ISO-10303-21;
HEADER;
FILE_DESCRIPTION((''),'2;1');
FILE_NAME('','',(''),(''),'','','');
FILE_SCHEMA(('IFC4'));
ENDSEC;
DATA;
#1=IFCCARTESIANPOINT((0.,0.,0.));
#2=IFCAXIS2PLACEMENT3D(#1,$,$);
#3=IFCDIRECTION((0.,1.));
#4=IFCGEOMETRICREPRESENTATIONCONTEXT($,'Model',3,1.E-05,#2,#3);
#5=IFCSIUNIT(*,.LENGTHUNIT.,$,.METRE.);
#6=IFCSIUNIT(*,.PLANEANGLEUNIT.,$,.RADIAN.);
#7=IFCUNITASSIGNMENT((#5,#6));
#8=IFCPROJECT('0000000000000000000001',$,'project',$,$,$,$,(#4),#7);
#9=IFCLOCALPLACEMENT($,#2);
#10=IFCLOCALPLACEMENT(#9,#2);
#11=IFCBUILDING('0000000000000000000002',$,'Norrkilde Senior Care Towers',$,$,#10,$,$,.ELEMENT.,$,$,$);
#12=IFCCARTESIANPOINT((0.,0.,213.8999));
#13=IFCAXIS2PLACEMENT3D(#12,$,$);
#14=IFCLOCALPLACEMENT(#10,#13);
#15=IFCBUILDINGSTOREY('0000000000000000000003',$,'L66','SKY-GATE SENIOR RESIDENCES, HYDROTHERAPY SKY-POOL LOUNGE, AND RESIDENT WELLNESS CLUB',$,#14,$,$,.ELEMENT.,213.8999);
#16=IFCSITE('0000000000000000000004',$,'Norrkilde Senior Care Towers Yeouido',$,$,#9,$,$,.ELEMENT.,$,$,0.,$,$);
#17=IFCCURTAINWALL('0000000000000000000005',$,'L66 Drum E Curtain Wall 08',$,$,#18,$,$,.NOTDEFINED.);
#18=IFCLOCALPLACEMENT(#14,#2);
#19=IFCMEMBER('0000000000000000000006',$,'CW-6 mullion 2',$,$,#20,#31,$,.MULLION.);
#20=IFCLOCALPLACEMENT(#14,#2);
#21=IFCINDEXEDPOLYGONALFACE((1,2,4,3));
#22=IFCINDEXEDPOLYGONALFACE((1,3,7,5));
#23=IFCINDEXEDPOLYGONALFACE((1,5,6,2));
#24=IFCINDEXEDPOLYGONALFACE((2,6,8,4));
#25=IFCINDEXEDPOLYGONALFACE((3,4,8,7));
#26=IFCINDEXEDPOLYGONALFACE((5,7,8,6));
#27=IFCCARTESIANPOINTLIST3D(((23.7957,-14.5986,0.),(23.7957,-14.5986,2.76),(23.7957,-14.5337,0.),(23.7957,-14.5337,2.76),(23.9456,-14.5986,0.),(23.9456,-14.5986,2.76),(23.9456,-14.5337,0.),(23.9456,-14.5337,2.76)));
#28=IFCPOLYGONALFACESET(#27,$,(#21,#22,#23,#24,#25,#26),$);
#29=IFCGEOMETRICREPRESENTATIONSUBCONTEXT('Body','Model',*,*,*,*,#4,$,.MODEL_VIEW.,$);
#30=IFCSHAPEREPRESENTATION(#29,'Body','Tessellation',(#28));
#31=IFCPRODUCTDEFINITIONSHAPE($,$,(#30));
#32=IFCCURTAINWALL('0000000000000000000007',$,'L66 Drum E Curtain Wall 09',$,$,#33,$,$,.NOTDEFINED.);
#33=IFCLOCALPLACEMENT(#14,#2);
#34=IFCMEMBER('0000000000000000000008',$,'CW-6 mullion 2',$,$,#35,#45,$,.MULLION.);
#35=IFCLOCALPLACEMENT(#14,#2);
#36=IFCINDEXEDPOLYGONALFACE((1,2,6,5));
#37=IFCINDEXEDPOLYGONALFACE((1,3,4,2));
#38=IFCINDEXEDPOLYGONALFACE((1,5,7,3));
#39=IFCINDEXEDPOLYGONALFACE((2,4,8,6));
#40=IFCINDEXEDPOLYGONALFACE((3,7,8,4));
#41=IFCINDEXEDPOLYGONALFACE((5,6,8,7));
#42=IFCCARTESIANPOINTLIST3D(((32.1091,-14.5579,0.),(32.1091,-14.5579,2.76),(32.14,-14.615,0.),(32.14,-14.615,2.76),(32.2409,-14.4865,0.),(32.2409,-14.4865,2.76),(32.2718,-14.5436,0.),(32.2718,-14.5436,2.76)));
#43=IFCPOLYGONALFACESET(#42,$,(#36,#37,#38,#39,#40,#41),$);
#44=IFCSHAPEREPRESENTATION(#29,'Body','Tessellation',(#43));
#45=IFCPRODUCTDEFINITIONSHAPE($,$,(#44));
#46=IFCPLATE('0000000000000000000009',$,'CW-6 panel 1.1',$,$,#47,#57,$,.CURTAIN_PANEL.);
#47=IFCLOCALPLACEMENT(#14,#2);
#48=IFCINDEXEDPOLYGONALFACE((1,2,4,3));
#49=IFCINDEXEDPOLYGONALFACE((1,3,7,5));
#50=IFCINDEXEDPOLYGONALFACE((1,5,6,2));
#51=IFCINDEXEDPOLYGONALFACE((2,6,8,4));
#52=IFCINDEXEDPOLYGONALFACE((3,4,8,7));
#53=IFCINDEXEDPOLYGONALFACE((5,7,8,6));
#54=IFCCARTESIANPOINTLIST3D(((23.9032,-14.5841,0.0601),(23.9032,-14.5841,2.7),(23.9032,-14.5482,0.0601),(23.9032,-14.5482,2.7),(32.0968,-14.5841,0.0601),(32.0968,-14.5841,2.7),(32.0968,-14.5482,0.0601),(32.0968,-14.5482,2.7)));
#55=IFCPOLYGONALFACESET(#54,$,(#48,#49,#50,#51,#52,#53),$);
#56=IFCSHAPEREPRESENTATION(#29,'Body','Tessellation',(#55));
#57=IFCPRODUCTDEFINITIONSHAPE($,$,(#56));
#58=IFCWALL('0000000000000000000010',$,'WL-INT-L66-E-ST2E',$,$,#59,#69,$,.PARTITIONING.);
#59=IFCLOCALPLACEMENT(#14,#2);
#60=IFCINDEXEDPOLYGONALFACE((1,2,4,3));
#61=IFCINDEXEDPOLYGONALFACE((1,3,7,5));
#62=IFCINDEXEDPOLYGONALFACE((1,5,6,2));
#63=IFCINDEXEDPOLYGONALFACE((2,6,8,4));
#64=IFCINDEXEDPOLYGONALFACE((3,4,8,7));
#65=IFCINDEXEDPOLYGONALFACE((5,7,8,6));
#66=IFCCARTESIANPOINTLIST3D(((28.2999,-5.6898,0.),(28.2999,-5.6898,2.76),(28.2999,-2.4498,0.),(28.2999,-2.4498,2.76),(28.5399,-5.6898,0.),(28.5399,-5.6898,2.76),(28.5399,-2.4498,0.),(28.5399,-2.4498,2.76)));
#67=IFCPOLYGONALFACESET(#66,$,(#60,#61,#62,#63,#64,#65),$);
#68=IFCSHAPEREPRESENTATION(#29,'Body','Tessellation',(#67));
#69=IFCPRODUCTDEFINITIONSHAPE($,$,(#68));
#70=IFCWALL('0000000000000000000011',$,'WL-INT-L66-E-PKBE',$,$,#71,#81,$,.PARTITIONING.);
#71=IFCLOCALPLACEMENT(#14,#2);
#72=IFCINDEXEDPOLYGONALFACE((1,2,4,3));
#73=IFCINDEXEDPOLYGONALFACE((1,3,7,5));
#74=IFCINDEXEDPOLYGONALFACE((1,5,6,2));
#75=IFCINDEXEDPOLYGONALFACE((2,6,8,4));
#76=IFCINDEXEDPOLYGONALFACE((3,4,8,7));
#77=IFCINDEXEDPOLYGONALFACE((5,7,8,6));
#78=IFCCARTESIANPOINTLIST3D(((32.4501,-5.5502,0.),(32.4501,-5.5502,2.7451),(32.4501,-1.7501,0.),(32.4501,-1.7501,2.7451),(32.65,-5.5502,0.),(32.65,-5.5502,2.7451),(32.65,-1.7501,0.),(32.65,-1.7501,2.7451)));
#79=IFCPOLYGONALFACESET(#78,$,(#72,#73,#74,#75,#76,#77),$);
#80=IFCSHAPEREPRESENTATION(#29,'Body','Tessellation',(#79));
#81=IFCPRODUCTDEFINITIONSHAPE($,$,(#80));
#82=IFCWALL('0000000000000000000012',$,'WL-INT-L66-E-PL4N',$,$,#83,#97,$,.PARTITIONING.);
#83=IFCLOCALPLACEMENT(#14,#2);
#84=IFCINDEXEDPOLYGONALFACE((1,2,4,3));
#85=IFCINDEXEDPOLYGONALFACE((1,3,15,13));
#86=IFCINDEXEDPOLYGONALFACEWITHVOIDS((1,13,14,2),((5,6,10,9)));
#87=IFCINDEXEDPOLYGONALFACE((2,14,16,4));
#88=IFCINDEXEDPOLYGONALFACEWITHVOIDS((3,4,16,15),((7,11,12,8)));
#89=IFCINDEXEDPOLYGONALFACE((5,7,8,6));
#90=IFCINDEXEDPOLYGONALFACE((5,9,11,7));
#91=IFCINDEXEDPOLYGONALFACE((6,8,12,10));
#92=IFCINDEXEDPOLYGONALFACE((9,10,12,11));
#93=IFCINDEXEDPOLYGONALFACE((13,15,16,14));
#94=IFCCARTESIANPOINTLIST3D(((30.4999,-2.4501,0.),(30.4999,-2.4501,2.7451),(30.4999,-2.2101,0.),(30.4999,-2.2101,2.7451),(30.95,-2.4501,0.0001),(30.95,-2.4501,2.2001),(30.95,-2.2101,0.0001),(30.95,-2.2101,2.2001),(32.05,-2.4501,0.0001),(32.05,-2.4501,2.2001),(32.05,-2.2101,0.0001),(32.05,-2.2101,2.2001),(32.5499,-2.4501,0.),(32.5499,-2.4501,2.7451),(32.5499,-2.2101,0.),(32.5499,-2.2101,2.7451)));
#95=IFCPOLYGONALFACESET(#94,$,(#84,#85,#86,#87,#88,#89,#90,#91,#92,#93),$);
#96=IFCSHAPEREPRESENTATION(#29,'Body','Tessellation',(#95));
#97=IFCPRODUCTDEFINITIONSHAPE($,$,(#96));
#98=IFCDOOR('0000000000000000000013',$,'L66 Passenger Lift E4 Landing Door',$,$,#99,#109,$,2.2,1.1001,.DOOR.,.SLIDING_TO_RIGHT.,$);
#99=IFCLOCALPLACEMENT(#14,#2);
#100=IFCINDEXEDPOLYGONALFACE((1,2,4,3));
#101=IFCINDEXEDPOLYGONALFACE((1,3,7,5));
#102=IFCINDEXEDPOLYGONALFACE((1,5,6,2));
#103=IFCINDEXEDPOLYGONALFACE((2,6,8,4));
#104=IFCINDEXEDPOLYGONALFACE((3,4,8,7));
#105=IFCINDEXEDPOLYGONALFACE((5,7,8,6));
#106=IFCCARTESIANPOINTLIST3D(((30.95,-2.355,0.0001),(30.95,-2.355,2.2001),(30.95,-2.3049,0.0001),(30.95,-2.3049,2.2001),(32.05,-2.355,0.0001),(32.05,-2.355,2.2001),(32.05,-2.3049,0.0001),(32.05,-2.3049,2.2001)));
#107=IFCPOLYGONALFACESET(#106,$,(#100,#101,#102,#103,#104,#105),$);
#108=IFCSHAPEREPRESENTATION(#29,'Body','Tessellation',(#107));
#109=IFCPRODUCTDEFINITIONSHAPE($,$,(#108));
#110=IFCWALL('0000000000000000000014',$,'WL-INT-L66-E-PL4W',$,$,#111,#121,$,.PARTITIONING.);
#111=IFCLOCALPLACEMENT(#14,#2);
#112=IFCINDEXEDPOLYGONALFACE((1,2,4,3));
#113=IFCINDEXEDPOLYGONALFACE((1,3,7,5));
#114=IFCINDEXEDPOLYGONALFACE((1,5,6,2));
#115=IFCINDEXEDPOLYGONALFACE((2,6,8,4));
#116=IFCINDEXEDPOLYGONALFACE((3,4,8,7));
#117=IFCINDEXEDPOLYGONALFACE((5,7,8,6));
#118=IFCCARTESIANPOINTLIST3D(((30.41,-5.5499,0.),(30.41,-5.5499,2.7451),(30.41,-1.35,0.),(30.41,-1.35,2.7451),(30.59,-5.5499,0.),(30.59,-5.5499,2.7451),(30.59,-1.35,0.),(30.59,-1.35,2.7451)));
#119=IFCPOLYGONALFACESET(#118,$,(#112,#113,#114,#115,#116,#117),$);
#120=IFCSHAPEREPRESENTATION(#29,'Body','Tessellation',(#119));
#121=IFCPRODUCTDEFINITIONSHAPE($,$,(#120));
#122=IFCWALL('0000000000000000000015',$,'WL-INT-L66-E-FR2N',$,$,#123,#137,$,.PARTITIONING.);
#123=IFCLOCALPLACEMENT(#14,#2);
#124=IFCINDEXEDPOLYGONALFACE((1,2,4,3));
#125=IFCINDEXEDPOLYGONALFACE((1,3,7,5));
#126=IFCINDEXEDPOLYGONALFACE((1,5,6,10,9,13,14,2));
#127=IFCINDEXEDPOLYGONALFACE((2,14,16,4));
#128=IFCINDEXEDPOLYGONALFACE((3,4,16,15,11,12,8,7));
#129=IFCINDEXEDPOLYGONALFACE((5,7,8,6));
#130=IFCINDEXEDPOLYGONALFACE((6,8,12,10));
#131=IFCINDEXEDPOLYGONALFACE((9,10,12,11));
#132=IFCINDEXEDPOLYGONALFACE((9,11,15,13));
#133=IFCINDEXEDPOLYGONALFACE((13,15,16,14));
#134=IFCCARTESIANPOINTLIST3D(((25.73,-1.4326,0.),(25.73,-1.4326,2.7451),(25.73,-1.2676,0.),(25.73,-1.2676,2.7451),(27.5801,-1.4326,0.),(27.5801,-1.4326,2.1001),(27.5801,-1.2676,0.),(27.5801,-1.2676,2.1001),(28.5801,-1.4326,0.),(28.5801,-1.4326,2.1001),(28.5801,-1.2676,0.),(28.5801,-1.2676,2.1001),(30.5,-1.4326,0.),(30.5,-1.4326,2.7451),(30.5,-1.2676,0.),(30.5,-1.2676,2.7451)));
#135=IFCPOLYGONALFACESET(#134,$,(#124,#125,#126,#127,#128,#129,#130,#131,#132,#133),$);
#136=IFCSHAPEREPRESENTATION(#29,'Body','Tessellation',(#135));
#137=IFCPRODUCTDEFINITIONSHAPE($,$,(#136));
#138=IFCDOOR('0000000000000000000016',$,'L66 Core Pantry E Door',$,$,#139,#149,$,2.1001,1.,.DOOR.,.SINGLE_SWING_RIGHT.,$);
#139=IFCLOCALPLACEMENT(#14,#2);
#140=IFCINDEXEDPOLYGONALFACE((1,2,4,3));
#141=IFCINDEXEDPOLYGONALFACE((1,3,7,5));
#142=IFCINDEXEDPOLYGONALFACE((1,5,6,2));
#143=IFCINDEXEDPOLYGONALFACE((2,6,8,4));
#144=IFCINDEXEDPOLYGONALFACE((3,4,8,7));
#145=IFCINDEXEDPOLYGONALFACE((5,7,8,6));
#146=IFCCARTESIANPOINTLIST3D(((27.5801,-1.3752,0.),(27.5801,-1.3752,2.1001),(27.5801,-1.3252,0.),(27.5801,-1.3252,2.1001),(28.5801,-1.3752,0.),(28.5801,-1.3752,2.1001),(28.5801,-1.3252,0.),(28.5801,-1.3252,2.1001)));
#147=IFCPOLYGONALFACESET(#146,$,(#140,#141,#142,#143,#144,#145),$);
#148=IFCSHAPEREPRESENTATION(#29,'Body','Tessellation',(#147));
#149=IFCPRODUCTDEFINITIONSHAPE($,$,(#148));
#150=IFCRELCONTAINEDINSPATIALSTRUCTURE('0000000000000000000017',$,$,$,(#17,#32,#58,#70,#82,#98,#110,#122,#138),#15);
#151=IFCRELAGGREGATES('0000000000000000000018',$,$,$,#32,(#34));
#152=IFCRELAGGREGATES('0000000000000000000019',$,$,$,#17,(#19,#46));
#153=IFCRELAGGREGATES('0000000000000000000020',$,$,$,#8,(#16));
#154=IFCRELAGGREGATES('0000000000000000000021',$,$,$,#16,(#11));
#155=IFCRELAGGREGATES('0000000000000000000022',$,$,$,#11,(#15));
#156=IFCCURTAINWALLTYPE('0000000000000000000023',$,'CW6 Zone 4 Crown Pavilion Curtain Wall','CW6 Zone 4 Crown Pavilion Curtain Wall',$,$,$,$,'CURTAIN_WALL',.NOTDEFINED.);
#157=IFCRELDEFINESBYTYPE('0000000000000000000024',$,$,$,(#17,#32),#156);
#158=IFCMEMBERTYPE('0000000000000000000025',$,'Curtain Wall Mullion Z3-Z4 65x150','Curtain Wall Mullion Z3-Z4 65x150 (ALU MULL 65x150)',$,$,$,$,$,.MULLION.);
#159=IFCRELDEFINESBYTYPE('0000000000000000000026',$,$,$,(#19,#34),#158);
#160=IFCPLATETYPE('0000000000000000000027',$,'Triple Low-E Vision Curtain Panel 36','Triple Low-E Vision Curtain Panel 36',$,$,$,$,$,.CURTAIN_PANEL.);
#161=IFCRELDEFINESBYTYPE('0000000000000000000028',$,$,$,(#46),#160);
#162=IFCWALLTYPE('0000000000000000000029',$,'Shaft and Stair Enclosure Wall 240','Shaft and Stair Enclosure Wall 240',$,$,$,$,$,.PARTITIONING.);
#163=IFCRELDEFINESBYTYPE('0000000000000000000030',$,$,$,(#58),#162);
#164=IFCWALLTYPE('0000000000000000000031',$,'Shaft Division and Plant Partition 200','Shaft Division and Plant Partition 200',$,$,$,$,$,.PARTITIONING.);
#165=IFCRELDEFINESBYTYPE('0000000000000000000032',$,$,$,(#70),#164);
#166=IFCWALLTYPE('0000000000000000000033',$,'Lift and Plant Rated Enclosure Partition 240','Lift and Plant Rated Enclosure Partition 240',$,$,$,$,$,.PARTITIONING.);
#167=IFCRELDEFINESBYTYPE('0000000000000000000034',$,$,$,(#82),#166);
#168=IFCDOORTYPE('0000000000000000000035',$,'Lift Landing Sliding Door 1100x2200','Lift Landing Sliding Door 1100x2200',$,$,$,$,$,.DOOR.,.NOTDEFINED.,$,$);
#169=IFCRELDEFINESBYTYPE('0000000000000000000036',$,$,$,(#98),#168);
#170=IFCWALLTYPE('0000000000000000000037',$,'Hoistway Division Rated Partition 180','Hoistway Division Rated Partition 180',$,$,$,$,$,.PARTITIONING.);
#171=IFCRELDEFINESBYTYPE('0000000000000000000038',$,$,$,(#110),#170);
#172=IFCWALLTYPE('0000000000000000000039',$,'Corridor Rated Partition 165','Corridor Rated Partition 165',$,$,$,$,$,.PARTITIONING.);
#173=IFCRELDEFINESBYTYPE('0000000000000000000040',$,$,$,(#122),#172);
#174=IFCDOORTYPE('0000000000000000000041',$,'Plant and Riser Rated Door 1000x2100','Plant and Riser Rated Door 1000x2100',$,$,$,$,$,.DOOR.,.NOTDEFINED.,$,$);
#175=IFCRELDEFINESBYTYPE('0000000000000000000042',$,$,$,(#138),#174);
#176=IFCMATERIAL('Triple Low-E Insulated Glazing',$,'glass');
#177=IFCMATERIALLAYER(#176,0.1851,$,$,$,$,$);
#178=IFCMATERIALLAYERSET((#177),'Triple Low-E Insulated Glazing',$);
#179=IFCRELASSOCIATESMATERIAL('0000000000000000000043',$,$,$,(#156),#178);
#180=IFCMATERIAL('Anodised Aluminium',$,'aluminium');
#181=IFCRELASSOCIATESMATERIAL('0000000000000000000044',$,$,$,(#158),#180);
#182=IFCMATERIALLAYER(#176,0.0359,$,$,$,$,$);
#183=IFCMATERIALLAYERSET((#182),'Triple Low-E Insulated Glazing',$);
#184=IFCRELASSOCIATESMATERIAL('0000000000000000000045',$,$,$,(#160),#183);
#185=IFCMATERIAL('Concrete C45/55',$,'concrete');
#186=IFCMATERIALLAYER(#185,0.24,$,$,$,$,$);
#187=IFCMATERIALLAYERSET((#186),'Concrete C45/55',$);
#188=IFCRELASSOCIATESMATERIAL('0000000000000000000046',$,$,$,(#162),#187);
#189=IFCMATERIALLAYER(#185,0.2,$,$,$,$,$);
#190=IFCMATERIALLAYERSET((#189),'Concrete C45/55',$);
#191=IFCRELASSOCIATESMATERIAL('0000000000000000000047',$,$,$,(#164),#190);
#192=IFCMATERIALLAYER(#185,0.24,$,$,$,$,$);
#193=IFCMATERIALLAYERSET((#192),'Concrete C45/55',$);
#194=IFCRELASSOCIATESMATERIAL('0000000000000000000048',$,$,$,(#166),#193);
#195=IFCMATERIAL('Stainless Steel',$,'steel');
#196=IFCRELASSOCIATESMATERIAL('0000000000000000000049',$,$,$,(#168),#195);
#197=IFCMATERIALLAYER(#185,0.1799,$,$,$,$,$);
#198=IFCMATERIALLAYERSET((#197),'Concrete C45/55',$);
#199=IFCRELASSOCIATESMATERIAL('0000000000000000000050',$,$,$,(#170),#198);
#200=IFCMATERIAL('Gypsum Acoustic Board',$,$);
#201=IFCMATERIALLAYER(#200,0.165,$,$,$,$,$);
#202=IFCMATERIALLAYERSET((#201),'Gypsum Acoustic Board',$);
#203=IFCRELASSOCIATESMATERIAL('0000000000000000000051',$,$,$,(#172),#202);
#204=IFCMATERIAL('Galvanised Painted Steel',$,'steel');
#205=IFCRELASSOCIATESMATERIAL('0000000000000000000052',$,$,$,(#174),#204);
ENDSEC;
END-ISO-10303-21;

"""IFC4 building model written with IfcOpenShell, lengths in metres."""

from ifc_helpers import new_model, si_unit, direction, frame, frame_2d, origin, origin_2d, place, context, subcontext, project, spatial, rectangle, extrude, source, transform, mapped, material, layer, layer_set, material_profile, profile_set, type_object, type_shapes, element, fill, aggregate, save


model = new_model("IFC4")

# Units and contexts
model_context = context("Model", 3, precision=1e-05, world=origin(), true_north=direction((0.0, 1.0)))
body_context = subcontext(model_context, "Body", "Model", "MODEL_VIEW")
ifc_project = project(units=[si_unit("LENGTHUNIT", "METRE"), si_unit("PLANEANGLEUNIT", "RADIAN")], contexts=[model_context])

# Site, building, storey
site_placement = place(None, origin())
site = spatial("IfcSite", under=ifc_project, at=site_placement, Name="Norrkilde Senior Care Towers Yeouido", CompositionType="ELEMENT", RefElevation=0.0)
building_placement = place(site_placement, origin())
building = spatial("IfcBuilding", under=site, at=building_placement, Name="Norrkilde Senior Care Towers", CompositionType="ELEMENT")
storey_placement = place(building_placement, frame((0.0, 0.0, 213.8999)))
storey = spatial("IfcBuildingStorey", under=building, at=storey_placement, Name="L66", Description="SKY-GATE SENIOR RESIDENCES, HYDROTHERAPY SKY-POOL LOUNGE, AND RESIDENT WELLNESS CLUB", CompositionType="ELEMENT", Elevation=213.8999)

# Curtain wall, member
ifc_material_1 = material(Name="Triple Low-E Insulated Glazing", Category="glass")
ifc_layer_1 = layer(ifc_material_1, 0.1851)
ifc_layer_set_1 = layer_set([ifc_layer_1], Name="Triple Low-E Insulated Glazing")
curtain_wall_type = type_object("IfcCurtainWallType", Name="CW6 Zone 4 Crown Pavilion Curtain Wall", Description="CW6 Zone 4 Crown Pavilion Curtain Wall", ElementType="CURTAIN_WALL", PredefinedType="NOTDEFINED", material=ifc_layer_set_1)
curtain_wall_1_placement = place(storey_placement, origin())
curtain_wall_1 = element("IfcCurtainWall", 1, at=curtain_wall_1_placement, inside=storey, type_object=curtain_wall_type, Name="L66 Drum E Curtain Wall 08", PredefinedType="NOTDEFINED")
ifc_material_2 = material(Name="Anodised Aluminium", Category="aluminium")
ifc_material_profile_1 = material_profile(ifc_material_2, rectangle(XDim=0.0649, YDim=0.1499, at=origin_2d()), Name="ALU MULL 65x150")
ifc_profile_set_1 = profile_set([ifc_material_profile_1], Name="Anodised Aluminium")
member_type_1 = type_object("IfcMemberType", Name="Curtain Wall Mullion Z3-Z4 65x150", Description="Curtain Wall Mullion Z3-Z4 65x150 (ALU MULL 65x150)", PredefinedType="MULLION", material=ifc_profile_set_1)
shared_shape_1 = source(origin(), body_context, "Body", "SweptSolid", [
    extrude(rectangle(XDim=0.0649, YDim=0.1499, at=origin_2d()), origin(), (0.0, 0.0, 1.0), 2.76),
])
type_shapes(member_type_1, [shared_shape_1])
member_1_placement = place(storey_placement, frame((23.8706, -14.5662, 0.0), z_axis=(0.0, 0.0, 1.0), x_axis=(0.0, -1.0, 0.0)))
member_1 = element("IfcMember", 2, at=member_1_placement, type_object=member_type_1, Name="CW-6 mullion 2", PredefinedType="MULLION", context=body_context, shape_type="MappedRepresentation", body=[
    mapped(shared_shape_1, transform((0.0, 0.0, 0.0), x_axis=(1.0, 0.0, 0.0), y_axis=(0.0, 1.0, 0.0), z_axis=(0.0, 0.0, 1.0), scale=1.0)),
])

# Curtain wall, member
curtain_wall_2_placement = place(storey_placement, origin())
curtain_wall_2 = element("IfcCurtainWall", 3, at=curtain_wall_2_placement, inside=storey, type_object=curtain_wall_type, Name="L66 Drum E Curtain Wall 09", PredefinedType="NOTDEFINED")
member_2_placement = place(storey_placement, frame((32.1904, -14.5508, 0.0), z_axis=(0.0, 0.0, 1.0), x_axis=(0.476133, -0.879373, 0.0)))
member_2 = element("IfcMember", 4, at=member_2_placement, type_object=member_type_1, Name="CW-6 mullion 2", PredefinedType="MULLION", context=body_context, shape_type="MappedRepresentation", body=[
    mapped(shared_shape_1, transform((0.0, 0.0, 0.0), x_axis=(1.0, 0.0, 0.0), y_axis=(0.0, 1.0, 0.0), z_axis=(0.0, 0.0, 1.0), scale=1.0)),
])
aggregate(curtain_wall_2, [member_2])

# Plate
ifc_layer_2 = layer(ifc_material_1, 0.0359)
ifc_layer_set_2 = layer_set([ifc_layer_2], Name="Triple Low-E Insulated Glazing")
plate_type = type_object("IfcPlateType", Name="Triple Low-E Vision Curtain Panel 36", Description="Triple Low-E Vision Curtain Panel 36", PredefinedType="CURTAIN_PANEL", material=ifc_layer_set_2)
shared_shape_2 = source(origin(), body_context, "Body", "SweptSolid", [
    extrude(rectangle(XDim=8.1936, YDim=0.0359, at=origin_2d()), origin(), (0.0, 0.0, 1.0), 2.6399),
])
type_shapes(plate_type, [shared_shape_2])
plate_placement = place(storey_placement, frame((28.0, -14.5662, 0.0601), z_axis=(0.0, 0.0, 1.0), x_axis=(-1.0, 0.0, 0.0)))
plate = element("IfcPlate", 5, at=plate_placement, type_object=plate_type, Name="CW-6 panel 1.1", PredefinedType="CURTAIN_PANEL", context=body_context, shape_type="MappedRepresentation", body=[
    mapped(shared_shape_2, transform((0.0, 0.0, 0.0), x_axis=(1.0, 0.0, 0.0), y_axis=(0.0, 1.0, 0.0), z_axis=(0.0, 0.0, 1.0), scale=1.0)),
])
aggregate(curtain_wall_1, [member_1, plate])

# Walls
ifc_material_3 = material(Name="Concrete C45/55", Category="concrete")
ifc_layer_3 = layer(ifc_material_3, 0.24)
ifc_layer_set_3 = layer_set([ifc_layer_3], Name="Concrete C45/55")
wall_type_1 = type_object("IfcWallType", Name="Shaft and Stair Enclosure Wall 240", Description="Shaft and Stair Enclosure Wall 240", PredefinedType="PARTITIONING", material=ifc_layer_set_3)
shared_shape_3 = source(origin(), body_context, "Body", "SweptSolid", [
    extrude(rectangle(XDim=3.24, YDim=0.24, at=frame_2d((1.6201, 0.0))), origin(), (0.0, 0.0, 1.0), 2.76),
])
type_shapes(wall_type_1, [shared_shape_3])
wall_1_placement = place(storey_placement, frame((28.4199, -5.6899, 0.0), z_axis=(0.0, 0.0, 1.0), x_axis=(0.0, 1.0, 0.0)))
element("IfcWall", 6, at=wall_1_placement, inside=storey, type_object=wall_type_1, Name="WL-INT-L66-E-ST2E", PredefinedType="PARTITIONING", context=body_context, shape_type="MappedRepresentation", body=[
    mapped(shared_shape_3, transform((0.0, 0.0, 0.0), x_axis=(1.0, 0.0, 0.0), y_axis=(0.0, 1.0, 0.0), z_axis=(0.0, 0.0, 1.0), scale=1.0)),
])
ifc_layer_4 = layer(ifc_material_3, 0.2)
ifc_layer_set_4 = layer_set([ifc_layer_4], Name="Concrete C45/55")
wall_type_2 = type_object("IfcWallType", Name="Shaft Division and Plant Partition 200", Description="Shaft Division and Plant Partition 200", PredefinedType="PARTITIONING", material=ifc_layer_set_4)
shared_shape_4 = source(origin(), body_context, "Body", "SweptSolid", [
    extrude(rectangle(XDim=3.8, YDim=0.2, at=frame_2d((1.8999, 0.0))), origin(), (0.0, 0.0, 1.0), 2.7451),
])
type_shapes(wall_type_2, [shared_shape_4])
wall_2_placement = place(storey_placement, frame((32.55, -5.55, 0.0), z_axis=(0.0, 0.0, 1.0), x_axis=(0.0, 1.0, 0.0)))
element("IfcWall", 7, at=wall_2_placement, inside=storey, type_object=wall_type_2, Name="WL-INT-L66-E-PKBE", PredefinedType="PARTITIONING", context=body_context, shape_type="MappedRepresentation", body=[
    mapped(shared_shape_4, transform((0.0, 0.0, 0.0), x_axis=(1.0, 0.0, 0.0), y_axis=(0.0, 1.0, 0.0), z_axis=(0.0, 0.0, 1.0), scale=1.0)),
])

# Wall, opening, door
ifc_layer_5 = layer(ifc_material_3, 0.24)
ifc_layer_set_5 = layer_set([ifc_layer_5], Name="Concrete C45/55")
wall_type_3 = type_object("IfcWallType", Name="Lift and Plant Rated Enclosure Partition 240", Description="Lift and Plant Rated Enclosure Partition 240", PredefinedType="PARTITIONING", material=ifc_layer_set_5)
shared_shape_5 = source(origin(), body_context, "Body", "SweptSolid", [
    extrude(rectangle(XDim=2.05, YDim=0.24, at=frame_2d((1.0249, 0.0))), origin(), (0.0, 0.0, 1.0), 2.7451),
])
type_shapes(wall_type_3, [shared_shape_5])
wall_3_placement = place(storey_placement, frame((30.5, -2.3301, 0.0), z_axis=(0.0, 0.0, 1.0), x_axis=(1.0, 0.0, 0.0)))
wall_3 = element("IfcWall", 8, at=wall_3_placement, inside=storey, type_object=wall_type_3, Name="WL-INT-L66-E-PL4N", PredefinedType="PARTITIONING", context=body_context, shape_type="MappedRepresentation", body=[
    mapped(shared_shape_5, transform((0.0, 0.0, 0.0), x_axis=(1.0, 0.0, 0.0), y_axis=(0.0, 1.0, 0.0), z_axis=(0.0, 0.0, 1.0), scale=1.0)),
])
opening_1_placement = place(wall_3_placement, frame((0.45, 0.0, 0.0)))
opening_1 = element("IfcOpeningElement", 9, at=opening_1_placement, cuts=wall_3, PredefinedType="OPENING", context=body_context, shape_type="SweptSolid", body=[
    extrude(rectangle(XDim=1.1001, YDim=2.2, at=frame_2d((0.55, 1.1001))), frame((0.0, 0.1299, 0.0), z_axis=(0.0, -1.0, 0.0), x_axis=(1.0, 0.0, 0.0)), (0.0, 0.0, 1.0), 0.26),
])
ifc_material_4 = material(Name="Stainless Steel", Category="steel")
door_type_1 = type_object("IfcDoorType", Name="Lift Landing Sliding Door 1100x2200", Description="Lift Landing Sliding Door 1100x2200", OperationType="NOTDEFINED", PredefinedType="DOOR", material=ifc_material_4)
shared_shape_6 = source(origin(), body_context, "Body", "SweptSolid", [
    extrude(rectangle(XDim=1.1001, YDim=2.2, at=frame_2d((0.55, 1.1001))), frame((0.0, 0.0249, 0.0), z_axis=(0.0, -1.0, 0.0), x_axis=(1.0, 0.0, 0.0)), (0.0, 0.0, 1.0), 0.05),
])
type_shapes(door_type_1, [shared_shape_6])
door_1_placement = place(opening_1_placement, frame((1.1001, 0.0, 0.0), z_axis=(0.0, 0.0, 1.0), x_axis=(-1.0, 0.0, 0.0)))
door_1 = element("IfcDoor", 10, at=door_1_placement, inside=storey, type_object=door_type_1, Name="L66 Passenger Lift E4 Landing Door", OperationType="SLIDING_TO_RIGHT", OverallHeight=2.2, OverallWidth=1.1001, PredefinedType="DOOR", context=body_context, shape_type="MappedRepresentation", body=[
    mapped(shared_shape_6, transform((0.0, 0.0, 0.0), x_axis=(1.0, 0.0, 0.0), y_axis=(0.0, 1.0, 0.0), z_axis=(0.0, 0.0, 1.0), scale=1.0)),
])
fill(opening_1, door_1)

# Wall
ifc_layer_6 = layer(ifc_material_3, 0.1799)
ifc_layer_set_6 = layer_set([ifc_layer_6], Name="Concrete C45/55")
wall_type_4 = type_object("IfcWallType", Name="Hoistway Division Rated Partition 180", Description="Hoistway Division Rated Partition 180", PredefinedType="PARTITIONING", material=ifc_layer_set_6)
shared_shape_7 = source(origin(), body_context, "Body", "SweptSolid", [
    extrude(rectangle(XDim=4.2, YDim=0.1799, at=frame_2d((2.1001, 0.0))), origin(), (0.0, 0.0, 1.0), 2.7451),
])
type_shapes(wall_type_4, [shared_shape_7])
wall_4_placement = place(storey_placement, frame((30.5, -5.55, 0.0), z_axis=(0.0, 0.0, 1.0), x_axis=(0.0, 1.0, 0.0)))
element("IfcWall", 11, at=wall_4_placement, inside=storey, type_object=wall_type_4, Name="WL-INT-L66-E-PL4W", PredefinedType="PARTITIONING", context=body_context, shape_type="MappedRepresentation", body=[
    mapped(shared_shape_7, transform((0.0, 0.0, 0.0), x_axis=(1.0, 0.0, 0.0), y_axis=(0.0, 1.0, 0.0), z_axis=(0.0, 0.0, 1.0), scale=1.0)),
])

# Wall, opening, door
ifc_material_5 = material(Name="Gypsum Acoustic Board")
ifc_layer_7 = layer(ifc_material_5, 0.165)
ifc_layer_set_7 = layer_set([ifc_layer_7], Name="Gypsum Acoustic Board")
wall_type_5 = type_object("IfcWallType", Name="Corridor Rated Partition 165", Description="Corridor Rated Partition 165", PredefinedType="PARTITIONING", material=ifc_layer_set_7)
shared_shape_8 = source(origin(), body_context, "Body", "SweptSolid", [
    extrude(rectangle(XDim=4.77, YDim=0.165, at=frame_2d((2.385, 0.0))), origin(), (0.0, 0.0, 1.0), 2.7451),
])
wall_5_placement = place(storey_placement, frame((25.73, -1.3501, 0.0), z_axis=(0.0, 0.0, 1.0), x_axis=(1.0, 0.0, 0.0)))
wall_5 = element("IfcWall", 12, at=wall_5_placement, inside=storey, type_object=wall_type_5, Name="WL-INT-L66-E-FR2N", PredefinedType="PARTITIONING", context=body_context, shape_type="MappedRepresentation", body=[
    mapped(shared_shape_8, transform((0.0, 0.0, 0.0), x_axis=(1.0, 0.0, 0.0), y_axis=(0.0, 1.0, 0.0), z_axis=(0.0, 0.0, 1.0), scale=1.0)),
])
opening_2_placement = place(wall_5_placement, frame((1.8501, 0.0, 0.0)))
opening_2 = element("IfcOpeningElement", 13, at=opening_2_placement, cuts=wall_5, PredefinedType="OPENING", context=body_context, shape_type="SweptSolid", body=[
    extrude(rectangle(XDim=1.0, YDim=2.1001, at=frame_2d((0.5, 1.05))), frame((0.0, 0.0925, 0.0), z_axis=(0.0, -1.0, 0.0), x_axis=(1.0, 0.0, 0.0)), (0.0, 0.0, 1.0), 0.1851),
])
ifc_material_6 = material(Name="Galvanised Painted Steel", Category="steel")
door_type_2 = type_object("IfcDoorType", Name="Plant and Riser Rated Door 1000x2100", Description="Plant and Riser Rated Door 1000x2100", OperationType="NOTDEFINED", PredefinedType="DOOR", material=ifc_material_6)
shared_shape_9 = source(origin(), body_context, "Body", "SweptSolid", [
    extrude(rectangle(XDim=1.0, YDim=2.1001, at=frame_2d((0.5, 1.05))), frame((0.0, 0.0249, 0.0), z_axis=(0.0, -1.0, 0.0), x_axis=(1.0, 0.0, 0.0)), (0.0, 0.0, 1.0), 0.05),
])
type_shapes(door_type_2, [shared_shape_9])
door_2_placement = place(opening_2_placement, origin())
door_2 = element("IfcDoor", 14, at=door_2_placement, inside=storey, type_object=door_type_2, Name="L66 Core Pantry E Door", OperationType="SINGLE_SWING_RIGHT", OverallHeight=2.1001, OverallWidth=1.0, PredefinedType="DOOR", context=body_context, shape_type="MappedRepresentation", body=[
    mapped(shared_shape_9, transform((0.0, 0.0, 0.0), x_axis=(1.0, 0.0, 0.0), y_axis=(0.0, 1.0, 0.0), z_axis=(0.0, 0.0, 1.0), scale=1.0)),
])
fill(opening_2, door_2)

save(model, "model.ifc")
